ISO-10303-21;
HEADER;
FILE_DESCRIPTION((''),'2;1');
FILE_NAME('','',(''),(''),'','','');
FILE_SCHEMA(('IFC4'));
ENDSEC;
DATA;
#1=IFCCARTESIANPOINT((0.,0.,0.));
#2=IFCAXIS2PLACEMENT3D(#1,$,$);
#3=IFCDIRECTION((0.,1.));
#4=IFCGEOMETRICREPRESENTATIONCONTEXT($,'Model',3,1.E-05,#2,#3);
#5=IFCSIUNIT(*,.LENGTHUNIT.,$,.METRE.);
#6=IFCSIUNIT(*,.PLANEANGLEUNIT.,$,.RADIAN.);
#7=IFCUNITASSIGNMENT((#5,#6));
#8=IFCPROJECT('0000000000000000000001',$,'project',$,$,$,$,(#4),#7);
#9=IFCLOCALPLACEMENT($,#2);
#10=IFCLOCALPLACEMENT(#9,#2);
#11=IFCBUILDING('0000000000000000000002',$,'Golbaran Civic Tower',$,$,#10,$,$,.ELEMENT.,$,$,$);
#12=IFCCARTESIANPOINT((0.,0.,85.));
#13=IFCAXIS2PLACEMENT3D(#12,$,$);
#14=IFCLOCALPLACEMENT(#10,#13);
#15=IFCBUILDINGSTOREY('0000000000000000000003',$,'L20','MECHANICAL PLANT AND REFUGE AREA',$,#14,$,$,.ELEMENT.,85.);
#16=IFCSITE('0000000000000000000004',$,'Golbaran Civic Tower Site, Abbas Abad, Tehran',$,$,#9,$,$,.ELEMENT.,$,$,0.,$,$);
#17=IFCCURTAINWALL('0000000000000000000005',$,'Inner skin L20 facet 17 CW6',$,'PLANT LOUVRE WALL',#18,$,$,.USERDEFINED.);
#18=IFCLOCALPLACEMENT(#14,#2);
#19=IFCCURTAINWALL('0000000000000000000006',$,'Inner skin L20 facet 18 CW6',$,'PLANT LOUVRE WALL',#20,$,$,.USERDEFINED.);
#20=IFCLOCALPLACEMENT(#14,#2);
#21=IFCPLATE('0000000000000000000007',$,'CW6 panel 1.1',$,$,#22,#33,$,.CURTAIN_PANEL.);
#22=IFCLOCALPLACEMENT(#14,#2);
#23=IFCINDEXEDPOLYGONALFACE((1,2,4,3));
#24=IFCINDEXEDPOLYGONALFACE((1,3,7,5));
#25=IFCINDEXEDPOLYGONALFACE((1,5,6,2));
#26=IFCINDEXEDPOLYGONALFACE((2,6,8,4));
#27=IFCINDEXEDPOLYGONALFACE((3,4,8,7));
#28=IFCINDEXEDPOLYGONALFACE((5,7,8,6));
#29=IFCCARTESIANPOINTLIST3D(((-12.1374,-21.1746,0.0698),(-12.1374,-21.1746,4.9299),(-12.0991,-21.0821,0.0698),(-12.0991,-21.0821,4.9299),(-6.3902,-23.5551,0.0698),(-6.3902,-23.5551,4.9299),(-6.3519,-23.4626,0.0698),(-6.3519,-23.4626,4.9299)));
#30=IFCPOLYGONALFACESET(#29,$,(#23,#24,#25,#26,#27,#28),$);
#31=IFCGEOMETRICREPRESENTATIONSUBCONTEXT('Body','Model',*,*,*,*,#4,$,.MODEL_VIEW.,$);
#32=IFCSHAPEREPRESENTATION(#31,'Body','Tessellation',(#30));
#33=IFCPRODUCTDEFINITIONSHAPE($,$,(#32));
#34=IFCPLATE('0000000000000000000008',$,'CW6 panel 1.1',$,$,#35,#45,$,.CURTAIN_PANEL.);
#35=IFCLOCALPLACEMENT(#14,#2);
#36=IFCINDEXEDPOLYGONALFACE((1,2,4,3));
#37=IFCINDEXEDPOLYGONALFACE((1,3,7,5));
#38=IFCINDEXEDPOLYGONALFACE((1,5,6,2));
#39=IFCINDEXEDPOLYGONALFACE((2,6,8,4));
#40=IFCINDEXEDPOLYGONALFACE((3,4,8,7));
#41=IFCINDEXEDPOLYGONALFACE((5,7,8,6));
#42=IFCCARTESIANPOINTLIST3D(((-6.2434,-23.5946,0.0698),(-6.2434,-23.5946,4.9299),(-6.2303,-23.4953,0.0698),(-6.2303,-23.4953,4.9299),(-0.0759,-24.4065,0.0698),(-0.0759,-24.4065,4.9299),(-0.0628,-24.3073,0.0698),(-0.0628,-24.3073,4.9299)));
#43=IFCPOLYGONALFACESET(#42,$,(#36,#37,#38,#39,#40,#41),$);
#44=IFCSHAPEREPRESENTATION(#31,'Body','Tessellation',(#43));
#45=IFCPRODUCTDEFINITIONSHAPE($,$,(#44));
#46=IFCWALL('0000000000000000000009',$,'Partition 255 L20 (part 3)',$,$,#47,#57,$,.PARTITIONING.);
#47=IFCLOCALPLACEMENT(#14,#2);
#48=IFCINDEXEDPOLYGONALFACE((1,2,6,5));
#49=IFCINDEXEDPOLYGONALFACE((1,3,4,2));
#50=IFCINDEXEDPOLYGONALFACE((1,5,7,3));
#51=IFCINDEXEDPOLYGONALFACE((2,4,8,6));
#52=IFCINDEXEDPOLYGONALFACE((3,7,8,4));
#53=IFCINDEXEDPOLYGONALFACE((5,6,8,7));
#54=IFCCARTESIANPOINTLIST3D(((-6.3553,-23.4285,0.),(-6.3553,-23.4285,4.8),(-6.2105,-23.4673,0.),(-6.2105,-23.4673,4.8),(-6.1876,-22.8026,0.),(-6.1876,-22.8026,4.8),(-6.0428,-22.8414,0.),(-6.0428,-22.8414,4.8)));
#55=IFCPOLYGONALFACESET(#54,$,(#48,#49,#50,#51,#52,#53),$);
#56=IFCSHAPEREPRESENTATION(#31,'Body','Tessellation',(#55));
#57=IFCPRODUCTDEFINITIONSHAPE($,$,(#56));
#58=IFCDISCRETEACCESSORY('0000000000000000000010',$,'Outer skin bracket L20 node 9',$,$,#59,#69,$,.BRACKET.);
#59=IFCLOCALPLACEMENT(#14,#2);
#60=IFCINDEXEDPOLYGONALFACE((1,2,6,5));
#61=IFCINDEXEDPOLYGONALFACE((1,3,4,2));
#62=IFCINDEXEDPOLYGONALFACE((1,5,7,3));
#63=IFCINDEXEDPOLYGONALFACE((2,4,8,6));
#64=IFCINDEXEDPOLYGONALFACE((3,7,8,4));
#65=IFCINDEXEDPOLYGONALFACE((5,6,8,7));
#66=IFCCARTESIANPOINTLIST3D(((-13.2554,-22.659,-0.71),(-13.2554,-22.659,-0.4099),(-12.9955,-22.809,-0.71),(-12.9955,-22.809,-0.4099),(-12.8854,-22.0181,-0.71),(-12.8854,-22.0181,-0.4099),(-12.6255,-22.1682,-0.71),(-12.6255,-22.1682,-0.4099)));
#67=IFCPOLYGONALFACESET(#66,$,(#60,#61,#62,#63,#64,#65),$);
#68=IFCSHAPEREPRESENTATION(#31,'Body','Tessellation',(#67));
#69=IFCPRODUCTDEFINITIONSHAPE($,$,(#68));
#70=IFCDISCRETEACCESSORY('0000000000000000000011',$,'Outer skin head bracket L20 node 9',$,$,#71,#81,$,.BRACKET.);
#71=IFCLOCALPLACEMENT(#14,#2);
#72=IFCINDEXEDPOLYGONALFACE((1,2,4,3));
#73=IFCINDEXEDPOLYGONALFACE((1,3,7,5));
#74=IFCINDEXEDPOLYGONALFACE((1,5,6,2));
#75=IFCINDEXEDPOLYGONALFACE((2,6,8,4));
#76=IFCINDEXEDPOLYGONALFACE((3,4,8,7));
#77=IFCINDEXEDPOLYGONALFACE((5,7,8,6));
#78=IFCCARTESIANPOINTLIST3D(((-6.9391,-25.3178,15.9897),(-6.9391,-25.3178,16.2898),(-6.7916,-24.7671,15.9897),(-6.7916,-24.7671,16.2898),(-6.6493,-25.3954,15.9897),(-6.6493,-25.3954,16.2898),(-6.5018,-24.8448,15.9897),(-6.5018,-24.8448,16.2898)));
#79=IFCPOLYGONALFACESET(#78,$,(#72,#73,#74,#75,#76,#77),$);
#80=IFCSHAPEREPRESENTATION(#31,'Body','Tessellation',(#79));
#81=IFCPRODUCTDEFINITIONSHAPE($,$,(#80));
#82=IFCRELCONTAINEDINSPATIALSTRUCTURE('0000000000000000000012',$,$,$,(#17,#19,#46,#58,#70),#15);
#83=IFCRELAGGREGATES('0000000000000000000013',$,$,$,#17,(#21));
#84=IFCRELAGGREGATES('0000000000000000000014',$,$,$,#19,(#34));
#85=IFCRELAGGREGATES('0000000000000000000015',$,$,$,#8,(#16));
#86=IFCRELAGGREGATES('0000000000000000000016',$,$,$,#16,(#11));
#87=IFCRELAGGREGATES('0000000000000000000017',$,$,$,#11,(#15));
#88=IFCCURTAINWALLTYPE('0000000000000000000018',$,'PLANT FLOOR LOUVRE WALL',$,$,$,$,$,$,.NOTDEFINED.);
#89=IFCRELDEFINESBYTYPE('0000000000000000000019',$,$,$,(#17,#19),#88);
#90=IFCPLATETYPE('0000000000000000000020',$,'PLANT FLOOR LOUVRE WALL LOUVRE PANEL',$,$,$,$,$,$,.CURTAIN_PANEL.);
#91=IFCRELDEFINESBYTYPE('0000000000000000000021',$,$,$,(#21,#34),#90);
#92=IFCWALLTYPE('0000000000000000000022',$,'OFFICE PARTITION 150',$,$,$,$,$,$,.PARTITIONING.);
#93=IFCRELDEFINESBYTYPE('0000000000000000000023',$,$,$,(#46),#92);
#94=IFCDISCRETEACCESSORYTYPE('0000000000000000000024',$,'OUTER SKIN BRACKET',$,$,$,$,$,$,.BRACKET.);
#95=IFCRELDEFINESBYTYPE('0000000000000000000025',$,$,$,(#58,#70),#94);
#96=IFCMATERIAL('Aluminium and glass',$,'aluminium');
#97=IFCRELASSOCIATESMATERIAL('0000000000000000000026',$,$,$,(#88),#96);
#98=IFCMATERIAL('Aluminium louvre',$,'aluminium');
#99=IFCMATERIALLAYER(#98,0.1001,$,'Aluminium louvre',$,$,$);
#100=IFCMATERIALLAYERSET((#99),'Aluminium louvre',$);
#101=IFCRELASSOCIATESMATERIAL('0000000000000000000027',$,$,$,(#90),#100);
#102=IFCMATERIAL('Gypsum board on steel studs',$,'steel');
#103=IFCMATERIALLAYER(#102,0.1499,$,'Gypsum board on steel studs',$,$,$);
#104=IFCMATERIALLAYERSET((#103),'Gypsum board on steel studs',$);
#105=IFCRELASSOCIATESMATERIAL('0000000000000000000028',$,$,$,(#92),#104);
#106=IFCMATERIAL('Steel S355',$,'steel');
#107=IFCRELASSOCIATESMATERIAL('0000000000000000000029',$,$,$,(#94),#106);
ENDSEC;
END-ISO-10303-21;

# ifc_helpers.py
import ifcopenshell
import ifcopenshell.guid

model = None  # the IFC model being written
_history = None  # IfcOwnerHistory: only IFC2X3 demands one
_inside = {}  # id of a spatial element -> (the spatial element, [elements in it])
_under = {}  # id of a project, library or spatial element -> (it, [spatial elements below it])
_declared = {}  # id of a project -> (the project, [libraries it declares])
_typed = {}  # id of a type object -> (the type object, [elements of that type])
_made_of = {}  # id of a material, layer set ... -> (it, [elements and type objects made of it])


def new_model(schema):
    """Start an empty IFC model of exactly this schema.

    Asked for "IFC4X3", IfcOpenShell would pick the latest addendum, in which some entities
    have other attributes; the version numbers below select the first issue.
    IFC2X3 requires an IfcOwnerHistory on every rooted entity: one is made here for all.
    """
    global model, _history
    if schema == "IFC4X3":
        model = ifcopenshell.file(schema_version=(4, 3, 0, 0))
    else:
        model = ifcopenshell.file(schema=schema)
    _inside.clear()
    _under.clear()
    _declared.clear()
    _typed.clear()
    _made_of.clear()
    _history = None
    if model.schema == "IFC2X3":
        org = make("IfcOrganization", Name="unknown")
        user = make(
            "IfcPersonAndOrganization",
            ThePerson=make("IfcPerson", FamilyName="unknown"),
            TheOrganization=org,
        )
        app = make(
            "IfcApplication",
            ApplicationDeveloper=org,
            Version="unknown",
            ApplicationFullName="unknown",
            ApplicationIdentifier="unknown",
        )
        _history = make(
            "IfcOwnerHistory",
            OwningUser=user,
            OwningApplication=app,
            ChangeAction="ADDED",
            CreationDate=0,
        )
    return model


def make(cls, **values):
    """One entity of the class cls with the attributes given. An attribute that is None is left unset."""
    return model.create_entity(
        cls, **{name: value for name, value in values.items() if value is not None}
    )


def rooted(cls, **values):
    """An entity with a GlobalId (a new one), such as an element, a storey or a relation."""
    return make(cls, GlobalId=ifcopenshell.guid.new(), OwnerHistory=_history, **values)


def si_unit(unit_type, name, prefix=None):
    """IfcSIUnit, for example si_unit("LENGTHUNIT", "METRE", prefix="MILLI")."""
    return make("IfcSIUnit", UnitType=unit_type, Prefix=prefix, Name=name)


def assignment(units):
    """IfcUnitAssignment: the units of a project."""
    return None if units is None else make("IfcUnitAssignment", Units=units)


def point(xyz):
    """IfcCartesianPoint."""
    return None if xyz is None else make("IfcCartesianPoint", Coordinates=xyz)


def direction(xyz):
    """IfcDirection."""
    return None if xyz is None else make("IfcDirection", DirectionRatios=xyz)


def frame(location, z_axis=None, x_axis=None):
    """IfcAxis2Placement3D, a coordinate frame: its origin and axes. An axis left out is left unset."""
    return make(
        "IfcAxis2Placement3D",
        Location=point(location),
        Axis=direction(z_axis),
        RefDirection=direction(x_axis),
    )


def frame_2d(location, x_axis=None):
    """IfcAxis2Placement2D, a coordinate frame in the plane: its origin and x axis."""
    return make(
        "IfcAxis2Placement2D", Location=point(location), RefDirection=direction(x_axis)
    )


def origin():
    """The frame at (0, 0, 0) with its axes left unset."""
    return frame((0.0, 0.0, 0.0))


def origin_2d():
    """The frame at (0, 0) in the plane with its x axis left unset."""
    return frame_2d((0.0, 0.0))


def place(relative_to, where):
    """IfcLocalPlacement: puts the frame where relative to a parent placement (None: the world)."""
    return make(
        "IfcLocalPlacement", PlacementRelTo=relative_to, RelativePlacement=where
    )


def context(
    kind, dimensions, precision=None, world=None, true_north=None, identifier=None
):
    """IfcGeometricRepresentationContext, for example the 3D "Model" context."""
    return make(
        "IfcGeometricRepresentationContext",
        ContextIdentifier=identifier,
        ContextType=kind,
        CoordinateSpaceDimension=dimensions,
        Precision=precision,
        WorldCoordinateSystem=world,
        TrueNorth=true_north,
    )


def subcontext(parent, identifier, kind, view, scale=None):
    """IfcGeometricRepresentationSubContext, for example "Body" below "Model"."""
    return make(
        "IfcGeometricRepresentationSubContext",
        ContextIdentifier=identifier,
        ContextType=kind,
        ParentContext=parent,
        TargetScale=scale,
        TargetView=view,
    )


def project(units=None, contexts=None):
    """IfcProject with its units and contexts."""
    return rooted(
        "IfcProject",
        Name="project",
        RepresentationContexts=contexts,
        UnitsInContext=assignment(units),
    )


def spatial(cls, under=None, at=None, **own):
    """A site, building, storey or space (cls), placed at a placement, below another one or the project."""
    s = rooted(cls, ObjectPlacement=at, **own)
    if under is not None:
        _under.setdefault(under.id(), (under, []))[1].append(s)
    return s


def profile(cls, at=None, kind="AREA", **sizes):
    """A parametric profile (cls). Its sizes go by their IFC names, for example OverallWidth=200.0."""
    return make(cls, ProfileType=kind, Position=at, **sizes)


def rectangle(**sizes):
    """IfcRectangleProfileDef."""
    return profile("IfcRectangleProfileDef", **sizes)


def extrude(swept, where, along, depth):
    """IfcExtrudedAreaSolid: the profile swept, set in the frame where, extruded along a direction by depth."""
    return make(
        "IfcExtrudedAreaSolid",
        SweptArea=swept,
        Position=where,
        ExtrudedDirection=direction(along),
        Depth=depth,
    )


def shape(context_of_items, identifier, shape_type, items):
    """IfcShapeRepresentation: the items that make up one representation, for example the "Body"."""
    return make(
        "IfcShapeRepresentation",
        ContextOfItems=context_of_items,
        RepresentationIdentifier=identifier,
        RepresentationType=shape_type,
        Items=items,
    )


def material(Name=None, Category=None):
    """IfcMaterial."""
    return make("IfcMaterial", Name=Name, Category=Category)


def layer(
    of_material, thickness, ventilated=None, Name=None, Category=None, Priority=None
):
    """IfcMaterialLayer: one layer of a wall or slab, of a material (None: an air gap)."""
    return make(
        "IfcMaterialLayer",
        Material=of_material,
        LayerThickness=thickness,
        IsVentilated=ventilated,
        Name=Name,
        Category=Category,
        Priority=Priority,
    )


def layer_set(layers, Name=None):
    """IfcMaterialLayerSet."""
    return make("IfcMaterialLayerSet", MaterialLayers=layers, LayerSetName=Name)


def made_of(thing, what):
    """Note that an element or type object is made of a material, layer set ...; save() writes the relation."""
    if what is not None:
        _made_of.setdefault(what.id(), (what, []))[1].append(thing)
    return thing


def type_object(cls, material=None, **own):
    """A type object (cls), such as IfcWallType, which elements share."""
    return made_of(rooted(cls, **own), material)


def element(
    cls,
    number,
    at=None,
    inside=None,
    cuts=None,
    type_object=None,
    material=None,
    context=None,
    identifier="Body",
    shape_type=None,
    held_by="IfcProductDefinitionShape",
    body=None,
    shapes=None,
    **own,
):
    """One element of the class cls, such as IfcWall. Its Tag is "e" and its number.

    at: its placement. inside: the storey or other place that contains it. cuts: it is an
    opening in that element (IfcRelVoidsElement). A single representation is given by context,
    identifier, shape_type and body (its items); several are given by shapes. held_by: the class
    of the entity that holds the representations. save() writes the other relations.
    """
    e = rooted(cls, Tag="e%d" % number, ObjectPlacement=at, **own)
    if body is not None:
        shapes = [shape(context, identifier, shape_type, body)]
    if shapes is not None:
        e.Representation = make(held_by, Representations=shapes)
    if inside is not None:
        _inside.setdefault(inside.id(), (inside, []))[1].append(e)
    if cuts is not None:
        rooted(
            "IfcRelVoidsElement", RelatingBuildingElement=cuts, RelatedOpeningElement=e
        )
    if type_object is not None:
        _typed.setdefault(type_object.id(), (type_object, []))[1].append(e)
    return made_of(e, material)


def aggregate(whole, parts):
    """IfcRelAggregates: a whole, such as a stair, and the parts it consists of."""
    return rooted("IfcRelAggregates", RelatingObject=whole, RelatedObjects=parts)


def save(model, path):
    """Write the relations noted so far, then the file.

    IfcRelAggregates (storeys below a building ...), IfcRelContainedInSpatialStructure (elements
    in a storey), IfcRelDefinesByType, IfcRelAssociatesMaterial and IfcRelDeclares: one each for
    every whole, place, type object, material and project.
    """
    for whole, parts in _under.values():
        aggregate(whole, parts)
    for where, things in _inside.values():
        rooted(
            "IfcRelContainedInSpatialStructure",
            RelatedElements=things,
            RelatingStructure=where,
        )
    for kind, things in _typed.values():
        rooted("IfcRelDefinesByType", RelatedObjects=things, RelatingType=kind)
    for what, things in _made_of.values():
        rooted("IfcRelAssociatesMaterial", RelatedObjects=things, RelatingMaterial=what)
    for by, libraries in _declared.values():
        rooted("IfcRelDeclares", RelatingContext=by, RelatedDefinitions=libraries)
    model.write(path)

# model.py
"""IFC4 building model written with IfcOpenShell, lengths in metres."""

from ifc_helpers import new_model, si_unit, direction, frame, frame_2d, origin, origin_2d, place, context, subcontext, project, spatial, rectangle, extrude, material, layer, layer_set, type_object, element, aggregate, save


model = new_model("IFC4")

# Units and contexts
model_context = context("Model", 3, precision=1e-05, world=origin(), true_north=direction((0.0, 1.0)))
body_context = subcontext(model_context, "Body", "Model", "MODEL_VIEW")
ifc_project = project(units=[si_unit("LENGTHUNIT", "METRE"), si_unit("PLANEANGLEUNIT", "RADIAN")], contexts=[model_context])

# Site, building, storey
site_placement = place(None, origin())
site = spatial("IfcSite", under=ifc_project, at=site_placement, Name="Golbaran Civic Tower Site, Abbas Abad, Tehran", CompositionType="ELEMENT", RefElevation=0.0)
building_placement = place(site_placement, origin())
building = spatial("IfcBuilding", under=site, at=building_placement, Name="Golbaran Civic Tower", CompositionType="ELEMENT")
storey_placement = place(building_placement, frame((0.0, 0.0, 85.0)))
storey = spatial("IfcBuildingStorey", under=building, at=storey_placement, Name="L20", Description="MECHANICAL PLANT AND REFUGE AREA", CompositionType="ELEMENT", Elevation=85.0)

# Shared definitions
ifc_material_1 = material(Name="Steel S355", Category="steel")

# Shared definitions
ifc_material_2 = material(Name="Aluminium and glass", Category="aluminium")

# Curtain wall
curtain_wall_type_1 = type_object("IfcCurtainWallType", Name="PLANT FLOOR LOUVRE WALL", PredefinedType="NOTDEFINED", material=ifc_material_2)
curtain_wall_1_placement = place(storey_placement, origin())
curtain_wall_1 = element("IfcCurtainWall", 1, at=curtain_wall_1_placement, inside=storey, type_object=curtain_wall_type_1, Name="Inner skin L20 facet 17 CW6", ObjectType="PLANT LOUVRE WALL", PredefinedType="USERDEFINED")

# Curtain wall
curtain_wall_2_placement = place(storey_placement, origin())
curtain_wall_2 = element("IfcCurtainWall", 2, at=curtain_wall_2_placement, inside=storey, type_object=curtain_wall_type_1, Name="Inner skin L20 facet 18 CW6", ObjectType="PLANT LOUVRE WALL", PredefinedType="USERDEFINED")

# Plates
ifc_material_3 = material(Name="Aluminium louvre", Category="aluminium")
ifc_layer_1 = layer(ifc_material_3, 0.1001, Name="Aluminium louvre")
ifc_layer_set_1 = layer_set([ifc_layer_1], Name="Aluminium louvre")
plate_type_1 = type_object("IfcPlateType", Name="PLANT FLOOR LOUVRE WALL LOUVRE PANEL", PredefinedType="CURTAIN_PANEL", material=ifc_layer_set_1)
plate_1_placement = place(storey_placement, frame((-9.2446, -22.3186, 0.0698), z_axis=(0.0, 0.0, 1.0), x_axis=(0.92388, -0.382683, 0.0)))
plate_1 = element("IfcPlate", 3, at=plate_1_placement, type_object=plate_type_1, Name="CW6 panel 1.1", PredefinedType="CURTAIN_PANEL", context=body_context, shape_type="SweptSolid", body=[
    extrude(rectangle(XDim=6.2207, YDim=0.1001, at=origin_2d()), origin(), (0.0, 0.0, 1.0), 4.8601),
])
aggregate(curtain_wall_1, [plate_1])
plate_2_placement = place(storey_placement, frame((-3.1531, -23.9509, 0.0698), z_axis=(0.0, 0.0, 1.0), x_axis=(0.991445, -0.130526, 0.0)))
plate_2 = element("IfcPlate", 4, at=plate_2_placement, type_object=plate_type_1, Name="CW6 panel 1.1", PredefinedType="CURTAIN_PANEL", context=body_context, shape_type="SweptSolid", body=[
    extrude(rectangle(XDim=6.2207, YDim=0.1001, at=origin_2d()), origin(), (0.0, 0.0, 1.0), 4.8601),
])
aggregate(curtain_wall_2, [plate_2])

# Wall
ifc_material_4 = material(Name="Gypsum board on steel studs", Category="steel")
ifc_layer_2 = layer(ifc_material_4, 0.1499, Name="Gypsum board on steel studs")
ifc_layer_set_2 = layer_set([ifc_layer_2], Name="Gypsum board on steel studs")
wall_type = type_object("IfcWallType", Name="OFFICE PARTITION 150", PredefinedType="PARTITIONING", material=ifc_layer_set_2)
wall_placement = place(storey_placement, frame((-6.1152, -22.822, 0.0), z_axis=(0.0, 0.0, 1.0), x_axis=(-0.258811, -0.965928, 0.0)))
element("IfcWall", 5, at=wall_placement, inside=storey, type_object=wall_type, Name="Partition 255 L20 (part 3)", PredefinedType="PARTITIONING", context=body_context, shape_type="SweptSolid", body=[
    extrude(rectangle(XDim=0.6479, YDim=0.1499, at=frame_2d((0.324, 0.0))), origin(), (0.0, 0.0, 1.0), 4.8),
])

# Discrete accessories
discrete_accessory_type = type_object("IfcDiscreteAccessoryType", Name="OUTER SKIN BRACKET", PredefinedType="BRACKET", material=ifc_material_1)
discrete_accessory_1_placement = place(storey_placement, frame((-12.9404, -22.4136, -0.71), z_axis=(0.0, 0.0, 1.0), x_axis=(-0.5, -0.866025, 0.0)))
element("IfcDiscreteAccessory", 6, at=discrete_accessory_1_placement, inside=storey, type_object=discrete_accessory_type, Name="Outer skin bracket L20 node 9", PredefinedType="BRACKET", context=body_context, shape_type="SweptSolid", body=[
    extrude(rectangle(XDim=0.74, YDim=0.3, at=origin_2d()), origin(), (0.0, 0.0, 1.0), 0.3),
])
discrete_accessory_2_placement = place(storey_placement, frame((-6.7205, -25.0813, 15.9897), z_axis=(0.0, 0.0, 1.0), x_axis=(-0.258819, -0.965926, 0.0)))
element("IfcDiscreteAccessory", 7, at=discrete_accessory_2_placement, inside=storey, type_object=discrete_accessory_type, Name="Outer skin head bracket L20 node 9", PredefinedType="BRACKET", context=body_context, shape_type="SweptSolid", body=[
    extrude(rectangle(XDim=0.5701, YDim=0.3, at=origin_2d()), origin(), (0.0, 0.0, 1.0), 0.3),
])

save(model, "model.ifc")
